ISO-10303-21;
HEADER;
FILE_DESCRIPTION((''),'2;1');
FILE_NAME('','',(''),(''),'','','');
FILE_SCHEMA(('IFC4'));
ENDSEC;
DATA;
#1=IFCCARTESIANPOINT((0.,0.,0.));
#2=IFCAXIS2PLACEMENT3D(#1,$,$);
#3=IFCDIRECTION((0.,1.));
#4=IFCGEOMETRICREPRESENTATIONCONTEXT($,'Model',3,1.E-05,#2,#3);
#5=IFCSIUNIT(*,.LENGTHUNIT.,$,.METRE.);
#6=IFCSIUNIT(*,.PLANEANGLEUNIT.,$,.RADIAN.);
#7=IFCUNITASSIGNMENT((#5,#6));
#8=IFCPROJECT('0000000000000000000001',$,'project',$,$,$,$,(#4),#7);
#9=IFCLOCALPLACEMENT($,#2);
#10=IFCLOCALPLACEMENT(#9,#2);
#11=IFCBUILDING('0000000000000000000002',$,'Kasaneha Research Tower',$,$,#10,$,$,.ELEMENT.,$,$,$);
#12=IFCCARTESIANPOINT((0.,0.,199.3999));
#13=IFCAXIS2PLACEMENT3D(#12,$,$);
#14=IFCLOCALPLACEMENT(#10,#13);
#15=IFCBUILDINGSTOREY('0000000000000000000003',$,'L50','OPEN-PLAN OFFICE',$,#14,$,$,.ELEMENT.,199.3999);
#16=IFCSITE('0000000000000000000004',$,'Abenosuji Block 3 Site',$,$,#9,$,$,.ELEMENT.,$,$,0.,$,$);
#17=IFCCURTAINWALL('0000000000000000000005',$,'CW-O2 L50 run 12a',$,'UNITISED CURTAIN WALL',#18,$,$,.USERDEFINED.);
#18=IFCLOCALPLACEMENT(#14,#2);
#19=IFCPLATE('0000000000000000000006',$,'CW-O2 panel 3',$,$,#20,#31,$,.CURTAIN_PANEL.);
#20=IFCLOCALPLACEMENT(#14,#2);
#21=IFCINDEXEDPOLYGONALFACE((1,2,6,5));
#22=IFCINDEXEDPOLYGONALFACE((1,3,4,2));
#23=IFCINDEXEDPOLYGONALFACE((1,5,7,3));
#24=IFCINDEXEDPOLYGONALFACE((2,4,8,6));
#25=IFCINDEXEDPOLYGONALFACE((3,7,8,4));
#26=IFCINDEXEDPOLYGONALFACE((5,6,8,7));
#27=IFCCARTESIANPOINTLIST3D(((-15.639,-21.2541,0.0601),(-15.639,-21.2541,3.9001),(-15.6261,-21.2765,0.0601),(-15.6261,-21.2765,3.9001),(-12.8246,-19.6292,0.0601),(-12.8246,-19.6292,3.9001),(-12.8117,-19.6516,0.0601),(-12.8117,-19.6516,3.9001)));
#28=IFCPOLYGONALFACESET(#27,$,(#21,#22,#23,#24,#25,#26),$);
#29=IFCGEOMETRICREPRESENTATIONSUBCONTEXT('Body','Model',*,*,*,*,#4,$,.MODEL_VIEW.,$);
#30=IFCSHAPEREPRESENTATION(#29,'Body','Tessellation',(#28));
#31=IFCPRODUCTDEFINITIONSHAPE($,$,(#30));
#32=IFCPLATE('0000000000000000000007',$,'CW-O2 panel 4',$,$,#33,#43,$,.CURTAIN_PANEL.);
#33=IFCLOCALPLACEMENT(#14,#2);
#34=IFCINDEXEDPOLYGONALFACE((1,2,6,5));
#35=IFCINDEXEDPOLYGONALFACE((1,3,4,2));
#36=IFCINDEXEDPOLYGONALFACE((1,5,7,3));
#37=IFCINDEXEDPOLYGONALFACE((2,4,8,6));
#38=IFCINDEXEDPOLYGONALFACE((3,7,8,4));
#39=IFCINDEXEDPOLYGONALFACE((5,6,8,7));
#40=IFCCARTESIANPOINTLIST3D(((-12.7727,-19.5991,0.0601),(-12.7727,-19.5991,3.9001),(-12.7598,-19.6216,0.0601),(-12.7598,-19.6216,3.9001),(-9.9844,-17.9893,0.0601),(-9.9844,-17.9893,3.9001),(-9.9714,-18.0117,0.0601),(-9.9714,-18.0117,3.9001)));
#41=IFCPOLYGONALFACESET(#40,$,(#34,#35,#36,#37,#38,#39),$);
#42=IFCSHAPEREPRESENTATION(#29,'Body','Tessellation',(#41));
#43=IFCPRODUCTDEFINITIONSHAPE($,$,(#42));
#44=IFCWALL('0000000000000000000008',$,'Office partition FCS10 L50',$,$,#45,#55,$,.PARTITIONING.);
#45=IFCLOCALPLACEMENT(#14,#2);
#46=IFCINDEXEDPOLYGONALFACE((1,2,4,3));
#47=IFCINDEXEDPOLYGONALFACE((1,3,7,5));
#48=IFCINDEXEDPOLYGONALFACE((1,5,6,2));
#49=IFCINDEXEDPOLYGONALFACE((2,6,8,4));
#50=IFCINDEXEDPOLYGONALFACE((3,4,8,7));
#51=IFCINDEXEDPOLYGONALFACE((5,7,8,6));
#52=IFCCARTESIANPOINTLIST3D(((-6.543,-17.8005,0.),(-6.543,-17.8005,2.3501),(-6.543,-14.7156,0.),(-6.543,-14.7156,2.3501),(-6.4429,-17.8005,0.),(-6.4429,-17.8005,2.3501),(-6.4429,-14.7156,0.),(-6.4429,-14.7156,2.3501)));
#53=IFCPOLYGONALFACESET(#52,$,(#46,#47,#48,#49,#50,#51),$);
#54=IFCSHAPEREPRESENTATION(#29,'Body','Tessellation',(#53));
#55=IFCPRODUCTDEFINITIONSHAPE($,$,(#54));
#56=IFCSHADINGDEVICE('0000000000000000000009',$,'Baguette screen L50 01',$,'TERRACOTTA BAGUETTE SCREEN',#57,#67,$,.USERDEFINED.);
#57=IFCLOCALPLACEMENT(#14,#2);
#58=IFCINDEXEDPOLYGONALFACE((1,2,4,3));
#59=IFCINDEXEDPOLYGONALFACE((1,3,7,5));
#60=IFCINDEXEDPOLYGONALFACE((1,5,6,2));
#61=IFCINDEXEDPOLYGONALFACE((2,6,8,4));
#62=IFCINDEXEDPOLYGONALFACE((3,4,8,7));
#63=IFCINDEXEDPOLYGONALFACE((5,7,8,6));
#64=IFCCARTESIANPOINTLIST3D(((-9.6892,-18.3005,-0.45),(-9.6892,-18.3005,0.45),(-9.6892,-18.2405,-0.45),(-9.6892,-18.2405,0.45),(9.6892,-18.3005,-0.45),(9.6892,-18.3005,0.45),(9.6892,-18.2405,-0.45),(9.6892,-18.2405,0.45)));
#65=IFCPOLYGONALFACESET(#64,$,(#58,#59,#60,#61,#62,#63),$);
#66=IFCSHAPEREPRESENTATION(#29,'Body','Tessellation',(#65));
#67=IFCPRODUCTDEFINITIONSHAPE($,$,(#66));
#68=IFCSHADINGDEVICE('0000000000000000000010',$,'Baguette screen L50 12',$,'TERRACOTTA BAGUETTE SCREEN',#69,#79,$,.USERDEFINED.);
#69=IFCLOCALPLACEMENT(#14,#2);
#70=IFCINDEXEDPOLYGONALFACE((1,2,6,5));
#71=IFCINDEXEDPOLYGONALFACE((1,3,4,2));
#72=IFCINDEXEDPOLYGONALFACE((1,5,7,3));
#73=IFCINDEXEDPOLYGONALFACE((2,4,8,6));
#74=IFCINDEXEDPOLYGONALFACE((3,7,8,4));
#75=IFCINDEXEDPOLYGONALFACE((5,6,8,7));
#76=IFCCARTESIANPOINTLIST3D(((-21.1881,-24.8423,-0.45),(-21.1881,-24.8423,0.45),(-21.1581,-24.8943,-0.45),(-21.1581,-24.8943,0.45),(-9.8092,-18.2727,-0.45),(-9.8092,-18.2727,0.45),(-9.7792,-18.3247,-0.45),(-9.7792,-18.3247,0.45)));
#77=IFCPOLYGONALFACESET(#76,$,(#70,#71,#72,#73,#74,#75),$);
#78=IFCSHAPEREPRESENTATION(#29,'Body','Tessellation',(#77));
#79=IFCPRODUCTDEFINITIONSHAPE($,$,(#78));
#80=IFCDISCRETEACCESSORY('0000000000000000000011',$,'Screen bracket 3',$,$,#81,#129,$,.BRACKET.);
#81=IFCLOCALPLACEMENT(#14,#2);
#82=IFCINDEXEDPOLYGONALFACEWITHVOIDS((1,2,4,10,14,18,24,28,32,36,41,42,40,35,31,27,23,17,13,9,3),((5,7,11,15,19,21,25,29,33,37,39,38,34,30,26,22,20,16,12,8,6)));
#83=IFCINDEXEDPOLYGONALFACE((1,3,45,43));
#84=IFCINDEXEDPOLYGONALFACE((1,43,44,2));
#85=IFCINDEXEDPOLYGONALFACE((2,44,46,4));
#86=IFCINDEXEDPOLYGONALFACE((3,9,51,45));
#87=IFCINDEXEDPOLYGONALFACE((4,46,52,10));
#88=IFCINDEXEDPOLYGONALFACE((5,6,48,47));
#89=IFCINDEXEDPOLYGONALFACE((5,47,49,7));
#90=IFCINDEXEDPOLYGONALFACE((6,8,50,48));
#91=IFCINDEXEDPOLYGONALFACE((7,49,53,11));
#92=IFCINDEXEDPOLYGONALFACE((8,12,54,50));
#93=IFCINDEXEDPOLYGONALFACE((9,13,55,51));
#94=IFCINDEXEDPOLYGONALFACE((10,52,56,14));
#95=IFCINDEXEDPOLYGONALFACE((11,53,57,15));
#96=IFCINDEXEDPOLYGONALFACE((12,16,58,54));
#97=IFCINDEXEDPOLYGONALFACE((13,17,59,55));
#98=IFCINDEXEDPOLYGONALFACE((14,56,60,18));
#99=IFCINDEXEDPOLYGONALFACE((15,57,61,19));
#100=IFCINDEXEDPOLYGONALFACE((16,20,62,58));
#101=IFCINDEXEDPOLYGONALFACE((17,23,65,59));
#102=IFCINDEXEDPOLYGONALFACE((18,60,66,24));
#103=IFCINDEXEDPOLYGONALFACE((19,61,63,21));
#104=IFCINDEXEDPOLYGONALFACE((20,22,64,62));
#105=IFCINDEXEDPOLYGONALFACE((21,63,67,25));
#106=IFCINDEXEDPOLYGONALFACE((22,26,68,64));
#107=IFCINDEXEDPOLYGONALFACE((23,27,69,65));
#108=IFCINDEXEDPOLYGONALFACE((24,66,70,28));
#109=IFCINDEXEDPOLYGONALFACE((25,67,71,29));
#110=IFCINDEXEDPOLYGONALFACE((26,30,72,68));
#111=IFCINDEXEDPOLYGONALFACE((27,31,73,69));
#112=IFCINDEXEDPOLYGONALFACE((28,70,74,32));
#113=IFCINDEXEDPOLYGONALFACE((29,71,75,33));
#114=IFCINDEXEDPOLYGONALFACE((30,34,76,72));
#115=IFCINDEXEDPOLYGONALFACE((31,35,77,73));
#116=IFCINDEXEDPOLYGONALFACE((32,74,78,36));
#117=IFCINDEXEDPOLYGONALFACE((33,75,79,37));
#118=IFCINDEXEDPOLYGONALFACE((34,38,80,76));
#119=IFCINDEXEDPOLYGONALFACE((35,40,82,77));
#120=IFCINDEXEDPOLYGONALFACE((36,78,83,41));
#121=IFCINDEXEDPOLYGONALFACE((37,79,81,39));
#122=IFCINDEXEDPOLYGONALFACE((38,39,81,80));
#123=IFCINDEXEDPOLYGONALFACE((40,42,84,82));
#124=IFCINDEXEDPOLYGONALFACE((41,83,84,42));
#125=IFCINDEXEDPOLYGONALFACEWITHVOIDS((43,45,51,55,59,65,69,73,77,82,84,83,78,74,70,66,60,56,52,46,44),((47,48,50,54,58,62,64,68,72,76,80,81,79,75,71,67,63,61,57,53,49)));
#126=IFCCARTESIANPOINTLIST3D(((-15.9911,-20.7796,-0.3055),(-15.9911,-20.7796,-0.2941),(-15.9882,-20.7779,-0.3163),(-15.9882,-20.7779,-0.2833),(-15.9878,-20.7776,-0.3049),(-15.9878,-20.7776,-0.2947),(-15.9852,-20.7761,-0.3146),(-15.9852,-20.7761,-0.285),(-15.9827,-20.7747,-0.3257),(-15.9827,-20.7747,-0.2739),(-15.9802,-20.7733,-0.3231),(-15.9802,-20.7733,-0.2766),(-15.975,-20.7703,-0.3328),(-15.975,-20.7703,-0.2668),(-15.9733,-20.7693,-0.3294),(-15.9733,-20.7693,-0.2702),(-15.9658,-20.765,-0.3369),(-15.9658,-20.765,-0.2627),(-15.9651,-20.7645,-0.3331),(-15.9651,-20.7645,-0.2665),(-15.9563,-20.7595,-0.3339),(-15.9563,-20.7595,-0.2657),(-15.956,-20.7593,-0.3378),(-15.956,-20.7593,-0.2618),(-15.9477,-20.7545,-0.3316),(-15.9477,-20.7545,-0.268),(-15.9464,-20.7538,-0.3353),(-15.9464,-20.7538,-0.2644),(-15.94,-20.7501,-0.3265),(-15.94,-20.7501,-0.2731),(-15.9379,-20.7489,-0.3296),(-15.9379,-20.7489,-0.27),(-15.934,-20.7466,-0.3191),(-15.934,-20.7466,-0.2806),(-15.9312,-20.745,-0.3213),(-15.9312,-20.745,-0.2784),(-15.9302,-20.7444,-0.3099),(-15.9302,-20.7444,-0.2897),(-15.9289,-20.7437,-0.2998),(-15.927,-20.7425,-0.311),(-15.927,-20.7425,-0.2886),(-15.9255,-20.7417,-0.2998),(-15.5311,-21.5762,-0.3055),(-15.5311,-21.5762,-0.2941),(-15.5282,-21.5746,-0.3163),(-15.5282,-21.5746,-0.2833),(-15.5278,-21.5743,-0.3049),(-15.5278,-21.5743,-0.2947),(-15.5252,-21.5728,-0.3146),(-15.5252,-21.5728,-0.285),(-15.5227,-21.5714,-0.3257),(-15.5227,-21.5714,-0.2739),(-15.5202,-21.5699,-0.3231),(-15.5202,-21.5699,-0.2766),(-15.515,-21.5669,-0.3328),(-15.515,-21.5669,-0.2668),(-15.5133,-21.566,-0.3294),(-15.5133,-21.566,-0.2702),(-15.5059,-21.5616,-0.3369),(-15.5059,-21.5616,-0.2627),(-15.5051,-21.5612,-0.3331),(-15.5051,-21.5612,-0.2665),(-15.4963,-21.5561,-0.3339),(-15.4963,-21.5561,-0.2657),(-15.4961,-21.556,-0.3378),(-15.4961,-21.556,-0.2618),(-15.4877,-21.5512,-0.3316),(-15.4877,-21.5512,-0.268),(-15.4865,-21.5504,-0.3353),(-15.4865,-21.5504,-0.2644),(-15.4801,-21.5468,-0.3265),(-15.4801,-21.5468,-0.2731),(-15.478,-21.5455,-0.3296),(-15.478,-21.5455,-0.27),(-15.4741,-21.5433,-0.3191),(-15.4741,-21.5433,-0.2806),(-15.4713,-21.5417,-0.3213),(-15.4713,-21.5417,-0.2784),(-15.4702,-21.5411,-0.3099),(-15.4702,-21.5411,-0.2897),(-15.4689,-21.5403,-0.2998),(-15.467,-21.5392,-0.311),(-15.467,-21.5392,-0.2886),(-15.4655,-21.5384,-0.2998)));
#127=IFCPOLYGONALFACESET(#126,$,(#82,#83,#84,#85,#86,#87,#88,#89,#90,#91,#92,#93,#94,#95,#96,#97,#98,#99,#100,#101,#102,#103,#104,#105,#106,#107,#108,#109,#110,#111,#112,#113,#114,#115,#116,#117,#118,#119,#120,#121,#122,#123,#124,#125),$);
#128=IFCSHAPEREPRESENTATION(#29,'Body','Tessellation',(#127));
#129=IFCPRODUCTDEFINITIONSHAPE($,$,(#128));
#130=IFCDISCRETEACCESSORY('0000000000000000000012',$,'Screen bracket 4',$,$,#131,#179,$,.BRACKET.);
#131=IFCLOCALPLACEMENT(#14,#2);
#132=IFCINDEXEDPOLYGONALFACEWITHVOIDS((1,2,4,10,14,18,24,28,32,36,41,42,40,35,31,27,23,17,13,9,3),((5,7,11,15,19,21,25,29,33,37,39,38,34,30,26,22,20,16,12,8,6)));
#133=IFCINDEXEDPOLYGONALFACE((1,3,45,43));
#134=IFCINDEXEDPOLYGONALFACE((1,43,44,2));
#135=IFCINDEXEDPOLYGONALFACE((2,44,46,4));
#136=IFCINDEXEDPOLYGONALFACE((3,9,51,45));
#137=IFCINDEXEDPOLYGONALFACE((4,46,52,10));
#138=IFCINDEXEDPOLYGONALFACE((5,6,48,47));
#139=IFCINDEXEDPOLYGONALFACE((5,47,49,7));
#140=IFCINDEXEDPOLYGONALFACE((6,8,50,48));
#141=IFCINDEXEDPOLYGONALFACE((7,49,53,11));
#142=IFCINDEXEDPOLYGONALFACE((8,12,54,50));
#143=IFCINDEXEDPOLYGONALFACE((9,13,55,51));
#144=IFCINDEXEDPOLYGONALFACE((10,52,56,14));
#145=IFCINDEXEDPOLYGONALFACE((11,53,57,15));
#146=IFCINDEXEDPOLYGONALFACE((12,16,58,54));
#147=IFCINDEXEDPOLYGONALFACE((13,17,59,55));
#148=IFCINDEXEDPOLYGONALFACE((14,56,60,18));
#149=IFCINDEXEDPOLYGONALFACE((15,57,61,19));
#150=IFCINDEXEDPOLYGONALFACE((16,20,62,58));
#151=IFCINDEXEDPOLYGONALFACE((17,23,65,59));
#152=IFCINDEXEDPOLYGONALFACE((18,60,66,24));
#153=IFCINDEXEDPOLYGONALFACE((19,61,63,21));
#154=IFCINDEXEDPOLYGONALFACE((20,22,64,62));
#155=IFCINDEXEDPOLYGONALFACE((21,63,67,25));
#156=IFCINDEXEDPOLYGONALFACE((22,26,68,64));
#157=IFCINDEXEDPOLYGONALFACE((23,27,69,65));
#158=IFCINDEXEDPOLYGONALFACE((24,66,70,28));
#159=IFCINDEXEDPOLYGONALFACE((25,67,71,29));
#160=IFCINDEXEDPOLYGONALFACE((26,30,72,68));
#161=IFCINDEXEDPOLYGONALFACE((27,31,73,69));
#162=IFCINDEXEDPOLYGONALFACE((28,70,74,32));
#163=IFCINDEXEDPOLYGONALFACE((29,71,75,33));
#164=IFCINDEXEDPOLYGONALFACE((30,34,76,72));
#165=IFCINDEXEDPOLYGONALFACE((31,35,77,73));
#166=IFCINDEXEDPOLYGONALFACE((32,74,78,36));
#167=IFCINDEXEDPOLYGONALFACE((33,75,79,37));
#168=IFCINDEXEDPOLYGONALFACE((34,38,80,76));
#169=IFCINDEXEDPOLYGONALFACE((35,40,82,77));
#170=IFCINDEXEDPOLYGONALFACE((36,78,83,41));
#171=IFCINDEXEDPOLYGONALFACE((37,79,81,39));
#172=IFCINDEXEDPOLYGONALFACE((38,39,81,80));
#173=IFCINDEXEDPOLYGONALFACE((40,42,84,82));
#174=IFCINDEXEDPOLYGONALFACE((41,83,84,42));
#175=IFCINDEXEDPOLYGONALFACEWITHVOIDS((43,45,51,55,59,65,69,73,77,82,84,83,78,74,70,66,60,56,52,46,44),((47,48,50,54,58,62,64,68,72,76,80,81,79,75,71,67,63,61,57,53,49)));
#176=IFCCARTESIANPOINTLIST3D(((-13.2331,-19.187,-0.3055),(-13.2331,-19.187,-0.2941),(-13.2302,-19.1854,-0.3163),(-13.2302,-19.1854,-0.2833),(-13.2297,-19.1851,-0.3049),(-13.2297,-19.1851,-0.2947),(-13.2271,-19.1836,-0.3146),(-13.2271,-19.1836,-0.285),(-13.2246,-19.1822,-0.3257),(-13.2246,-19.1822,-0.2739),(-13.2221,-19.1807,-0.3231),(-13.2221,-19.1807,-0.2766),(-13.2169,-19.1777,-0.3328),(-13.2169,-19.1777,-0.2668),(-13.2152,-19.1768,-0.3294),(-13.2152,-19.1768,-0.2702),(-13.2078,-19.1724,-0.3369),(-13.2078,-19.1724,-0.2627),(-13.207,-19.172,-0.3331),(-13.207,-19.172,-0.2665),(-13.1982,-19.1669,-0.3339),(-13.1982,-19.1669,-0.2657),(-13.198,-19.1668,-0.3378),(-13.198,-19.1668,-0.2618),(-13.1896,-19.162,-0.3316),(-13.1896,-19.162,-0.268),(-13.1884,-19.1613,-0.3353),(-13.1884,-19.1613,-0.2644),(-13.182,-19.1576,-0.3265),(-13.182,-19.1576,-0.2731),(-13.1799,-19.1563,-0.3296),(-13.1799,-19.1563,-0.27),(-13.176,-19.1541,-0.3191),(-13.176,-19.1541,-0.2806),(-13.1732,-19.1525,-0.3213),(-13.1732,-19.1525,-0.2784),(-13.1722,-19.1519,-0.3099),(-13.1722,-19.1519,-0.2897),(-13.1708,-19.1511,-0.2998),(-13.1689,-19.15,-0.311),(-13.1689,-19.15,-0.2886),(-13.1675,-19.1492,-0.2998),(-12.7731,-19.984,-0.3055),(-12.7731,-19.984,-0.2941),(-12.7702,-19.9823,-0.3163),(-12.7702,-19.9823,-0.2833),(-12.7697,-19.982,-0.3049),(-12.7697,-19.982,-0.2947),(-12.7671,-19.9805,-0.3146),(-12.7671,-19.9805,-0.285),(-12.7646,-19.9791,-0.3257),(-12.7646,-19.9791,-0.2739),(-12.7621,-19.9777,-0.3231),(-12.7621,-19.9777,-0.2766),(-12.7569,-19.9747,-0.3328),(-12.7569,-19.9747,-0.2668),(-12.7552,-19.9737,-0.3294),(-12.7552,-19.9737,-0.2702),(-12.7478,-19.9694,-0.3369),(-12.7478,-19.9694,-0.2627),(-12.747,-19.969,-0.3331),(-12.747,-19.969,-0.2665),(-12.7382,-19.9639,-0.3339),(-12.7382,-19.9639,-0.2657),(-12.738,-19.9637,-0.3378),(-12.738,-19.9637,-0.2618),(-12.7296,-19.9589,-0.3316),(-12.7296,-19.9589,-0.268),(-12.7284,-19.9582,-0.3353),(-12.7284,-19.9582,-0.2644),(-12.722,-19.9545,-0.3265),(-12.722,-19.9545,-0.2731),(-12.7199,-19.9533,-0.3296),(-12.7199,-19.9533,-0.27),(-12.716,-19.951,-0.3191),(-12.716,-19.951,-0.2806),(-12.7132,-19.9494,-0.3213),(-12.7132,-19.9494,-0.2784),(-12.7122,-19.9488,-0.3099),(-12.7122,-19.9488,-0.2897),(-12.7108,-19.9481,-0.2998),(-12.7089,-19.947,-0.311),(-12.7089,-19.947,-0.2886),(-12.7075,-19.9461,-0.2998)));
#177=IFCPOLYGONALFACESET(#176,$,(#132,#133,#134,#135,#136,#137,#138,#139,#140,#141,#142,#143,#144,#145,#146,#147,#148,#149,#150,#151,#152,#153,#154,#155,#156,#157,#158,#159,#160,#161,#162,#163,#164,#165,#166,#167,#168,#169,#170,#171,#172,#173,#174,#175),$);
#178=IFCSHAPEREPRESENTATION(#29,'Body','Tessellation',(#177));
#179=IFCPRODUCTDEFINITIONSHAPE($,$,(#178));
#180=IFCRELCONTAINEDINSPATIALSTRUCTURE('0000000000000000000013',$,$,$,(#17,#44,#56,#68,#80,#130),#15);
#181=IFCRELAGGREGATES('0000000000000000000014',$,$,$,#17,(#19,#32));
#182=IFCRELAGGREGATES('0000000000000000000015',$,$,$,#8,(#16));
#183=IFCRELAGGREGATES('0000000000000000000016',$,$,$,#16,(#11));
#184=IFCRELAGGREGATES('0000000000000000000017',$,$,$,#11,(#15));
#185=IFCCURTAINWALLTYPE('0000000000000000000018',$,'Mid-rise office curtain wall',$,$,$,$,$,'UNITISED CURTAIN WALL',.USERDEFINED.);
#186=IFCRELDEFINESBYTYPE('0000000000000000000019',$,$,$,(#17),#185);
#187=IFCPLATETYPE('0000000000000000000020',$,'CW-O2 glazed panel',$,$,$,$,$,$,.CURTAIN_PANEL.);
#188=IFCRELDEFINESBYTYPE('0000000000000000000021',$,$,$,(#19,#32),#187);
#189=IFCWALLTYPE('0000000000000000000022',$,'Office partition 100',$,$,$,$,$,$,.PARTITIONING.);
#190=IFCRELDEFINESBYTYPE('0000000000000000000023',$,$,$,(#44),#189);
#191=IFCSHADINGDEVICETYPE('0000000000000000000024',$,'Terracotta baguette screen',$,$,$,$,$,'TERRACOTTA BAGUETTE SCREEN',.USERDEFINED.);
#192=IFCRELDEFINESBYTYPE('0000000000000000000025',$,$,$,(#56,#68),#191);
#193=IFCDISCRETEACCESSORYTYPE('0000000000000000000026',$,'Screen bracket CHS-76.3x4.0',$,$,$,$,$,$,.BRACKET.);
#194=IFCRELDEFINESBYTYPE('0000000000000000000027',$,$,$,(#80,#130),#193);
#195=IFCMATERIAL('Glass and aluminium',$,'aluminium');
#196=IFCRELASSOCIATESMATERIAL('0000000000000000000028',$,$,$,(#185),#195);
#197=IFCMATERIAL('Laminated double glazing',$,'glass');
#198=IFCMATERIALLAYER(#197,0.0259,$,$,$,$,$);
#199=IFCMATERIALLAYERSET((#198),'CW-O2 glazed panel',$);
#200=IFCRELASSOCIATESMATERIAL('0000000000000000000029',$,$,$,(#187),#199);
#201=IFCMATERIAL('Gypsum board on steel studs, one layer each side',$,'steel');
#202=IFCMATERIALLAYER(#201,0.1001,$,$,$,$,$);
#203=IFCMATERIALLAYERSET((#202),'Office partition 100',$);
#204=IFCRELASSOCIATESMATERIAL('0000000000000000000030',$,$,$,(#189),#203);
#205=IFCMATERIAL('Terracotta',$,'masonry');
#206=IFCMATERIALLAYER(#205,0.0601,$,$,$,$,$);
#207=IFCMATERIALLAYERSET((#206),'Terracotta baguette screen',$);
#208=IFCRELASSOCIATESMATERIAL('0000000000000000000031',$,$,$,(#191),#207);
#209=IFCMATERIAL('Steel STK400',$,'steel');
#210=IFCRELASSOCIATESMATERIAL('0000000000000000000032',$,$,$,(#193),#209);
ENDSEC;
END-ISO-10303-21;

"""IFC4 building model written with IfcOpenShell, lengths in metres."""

from ifc_helpers import new_model, si_unit, direction, frame, frame_2d, origin, origin_2d, place, context, subcontext, project, spatial, rectangle, hollow_circle, extrude, material, layer, layer_set, material_profile, profile_set, type_object, element, aggregate, save


model = new_model("IFC4")

# Units and contexts
model_context = context("Model", 3, precision=1e-05, world=origin(), true_north=direction((0.0, 1.0)))
body_context = subcontext(model_context, "Body", "Model", "MODEL_VIEW")
ifc_project = project(units=[si_unit("LENGTHUNIT", "METRE"), si_unit("PLANEANGLEUNIT", "RADIAN")], contexts=[model_context])

# Site, building, storey
site_placement = place(None, origin())
site = spatial("IfcSite", under=ifc_project, at=site_placement, Name="Abenosuji Block 3 Site", CompositionType="ELEMENT", RefElevation=0.0)
building_placement = place(site_placement, origin())
building = spatial("IfcBuilding", under=site, at=building_placement, Name="Kasaneha Research Tower", CompositionType="ELEMENT")
storey_placement = place(building_placement, frame((0.0, 0.0, 199.3999)))
storey = spatial("IfcBuildingStorey", under=building, at=storey_placement, Name="L50", Description="OPEN-PLAN OFFICE", CompositionType="ELEMENT", Elevation=199.3999)

# Curtain wall
ifc_material_1 = material(Name="Glass and aluminium", Category="aluminium")
curtain_wall_type = type_object("IfcCurtainWallType", Name="Mid-rise office curtain wall", ElementType="UNITISED CURTAIN WALL", PredefinedType="USERDEFINED", material=ifc_material_1)
curtain_wall_1_placement = place(storey_placement, origin())
curtain_wall_1 = element("IfcCurtainWall", 1, at=curtain_wall_1_placement, inside=storey, type_object=curtain_wall_type, Name="CW-O2 L50 run 12a", ObjectType="UNITISED CURTAIN WALL", PredefinedType="USERDEFINED")

# Plates
ifc_material_2 = material(Name="Laminated double glazing", Category="glass")
ifc_layer_1 = layer(ifc_material_2, 0.0259)
ifc_layer_set_1 = layer_set([ifc_layer_1], Name="CW-O2 glazed panel")
plate_type = type_object("IfcPlateType", Name="CW-O2 glazed panel", PredefinedType="CURTAIN_PANEL", material=ifc_layer_set_1)
plate_1_placement = place(storey_placement, frame((-14.2253, -20.4529, 0.0601), z_axis=(0.0, 0.0, 1.0), x_axis=(0.866025, 0.5, 0.0)))
plate_1 = element("IfcPlate", 2, at=plate_1_placement, type_object=plate_type, Name="CW-O2 panel 3", PredefinedType="CURTAIN_PANEL", context=body_context, shape_type="SweptSolid", body=[
    extrude(rectangle(XDim=3.2498, YDim=0.0259, at=origin_2d()), origin(), (0.0, 0.0, 1.0), 3.8401),
])
plate_2_placement = place(storey_placement, frame((-11.3721, -18.8054, 0.0601), z_axis=(0.0, 0.0, 1.0), x_axis=(0.866025, 0.5, 0.0)))
plate_2 = element("IfcPlate", 3, at=plate_2_placement, type_object=plate_type, Name="CW-O2 panel 4", PredefinedType="CURTAIN_PANEL", context=body_context, shape_type="SweptSolid", body=[
    extrude(rectangle(XDim=3.2197, YDim=0.0259, at=origin_2d()), origin(), (0.0, 0.0, 1.0), 3.8401),
])
aggregate(curtain_wall_1, [plate_1, plate_2])

# Wall
ifc_material_3 = material(Name="Gypsum board on steel studs, one layer each side", Category="steel")
ifc_layer_2 = layer(ifc_material_3, 0.1001)
ifc_layer_set_2 = layer_set([ifc_layer_2], Name="Office partition 100")
wall_type = type_object("IfcWallType", Name="Office partition 100", PredefinedType="PARTITIONING", material=ifc_layer_set_2)
wall_placement = place(storey_placement, frame((-6.4929, -17.8005, 0.0), z_axis=(0.0, 0.0, 1.0), x_axis=(0.0, 1.0, 0.0)))
element("IfcWall", 4, at=wall_placement, inside=storey, type_object=wall_type, Name="Office partition FCS10 L50", PredefinedType="PARTITIONING", context=body_context, shape_type="SweptSolid", body=[
    extrude(rectangle(XDim=3.085, YDim=0.1001, at=frame_2d((1.5425, 0.0))), origin(), (0.0, 0.0, 1.0), 2.3501),
])

# Shading devices
ifc_material_4 = material(Name="Terracotta", Category="masonry")
ifc_layer_3 = layer(ifc_material_4, 0.0601)
ifc_layer_set_3 = layer_set([ifc_layer_3], Name="Terracotta baguette screen")
shading_device_type = type_object("IfcShadingDeviceType", Name="Terracotta baguette screen", ElementType="TERRACOTTA BAGUETTE SCREEN", PredefinedType="USERDEFINED", material=ifc_layer_set_3)
shading_device_1_placement = place(storey_placement, frame((0.0, -18.2705, -0.45), z_axis=(0.0, 0.0, 1.0), x_axis=(1.0, 0.0, 0.0)))
element("IfcShadingDevice", 5, at=shading_device_1_placement, inside=storey, type_object=shading_device_type, Name="Baguette screen L50 01", ObjectType="TERRACOTTA BAGUETTE SCREEN", PredefinedType="USERDEFINED", context=body_context, shape_type="SweptSolid", body=[
    extrude(rectangle(XDim=19.3784, YDim=0.0601, at=origin_2d()), origin(), (0.0, 0.0, 1.0), 0.8999),
])
shading_device_2_placement = place(storey_placement, frame((-15.4836, -21.5835, -0.45), z_axis=(0.0, 0.0, 1.0), x_axis=(0.866025, 0.5, 0.0)))
element("IfcShadingDevice", 6, at=shading_device_2_placement, inside=storey, type_object=shading_device_type, Name="Baguette screen L50 12", ObjectType="TERRACOTTA BAGUETTE SCREEN", PredefinedType="USERDEFINED", context=body_context, shape_type="SweptSolid", body=[
    extrude(rectangle(XDim=13.1392, YDim=0.0601, at=origin_2d()), origin(), (0.0, 0.0, 1.0), 0.8999),
])

# Discrete accessories
ifc_material_5 = material(Name="Steel STK400", Category="steel")
ifc_material_profile_1 = material_profile(ifc_material_5, hollow_circle(Radius=0.0381, WallThickness=0.0039, at=origin_2d()), Name="CHS-76.3x4.0")
ifc_profile_set_1 = profile_set([ifc_material_profile_1], Name="Steel STK400")
discrete_accessory_type = type_object("IfcDiscreteAccessoryType", Name="Screen bracket CHS-76.3x4.0", PredefinedType="BRACKET", material=ifc_profile_set_1)
discrete_accessory_1_placement = place(storey_placement, frame((-15.9585, -20.7607, -0.2998), z_axis=(0.500021, -0.866013, 0.0), x_axis=(0.866013, 0.500021, 0.0)))
element("IfcDiscreteAccessory", 7, at=discrete_accessory_1_placement, inside=storey, type_object=discrete_accessory_type, Name="Screen bracket 3", PredefinedType="BRACKET", context=body_context, shape_type="SweptSolid", body=[
    extrude(hollow_circle(Radius=0.0381, WallThickness=0.0039, at=origin_2d()), origin(), (0.0, 0.0, 1.0), 0.9199),
])
discrete_accessory_2_placement = place(storey_placement, frame((-13.2004, -19.1682, -0.2998), z_axis=(0.499906, -0.86608, 0.0), x_axis=(0.86608, 0.499906, 0.0)))
element("IfcDiscreteAccessory", 8, at=discrete_accessory_2_placement, inside=storey, type_object=discrete_accessory_type, Name="Screen bracket 4", PredefinedType="BRACKET", context=body_context, shape_type="SweptSolid", body=[
    extrude(hollow_circle(Radius=0.0381, WallThickness=0.0039, at=origin_2d()), origin(), (0.0, 0.0, 1.0), 0.9202),
])

save(model, "model.ifc")
